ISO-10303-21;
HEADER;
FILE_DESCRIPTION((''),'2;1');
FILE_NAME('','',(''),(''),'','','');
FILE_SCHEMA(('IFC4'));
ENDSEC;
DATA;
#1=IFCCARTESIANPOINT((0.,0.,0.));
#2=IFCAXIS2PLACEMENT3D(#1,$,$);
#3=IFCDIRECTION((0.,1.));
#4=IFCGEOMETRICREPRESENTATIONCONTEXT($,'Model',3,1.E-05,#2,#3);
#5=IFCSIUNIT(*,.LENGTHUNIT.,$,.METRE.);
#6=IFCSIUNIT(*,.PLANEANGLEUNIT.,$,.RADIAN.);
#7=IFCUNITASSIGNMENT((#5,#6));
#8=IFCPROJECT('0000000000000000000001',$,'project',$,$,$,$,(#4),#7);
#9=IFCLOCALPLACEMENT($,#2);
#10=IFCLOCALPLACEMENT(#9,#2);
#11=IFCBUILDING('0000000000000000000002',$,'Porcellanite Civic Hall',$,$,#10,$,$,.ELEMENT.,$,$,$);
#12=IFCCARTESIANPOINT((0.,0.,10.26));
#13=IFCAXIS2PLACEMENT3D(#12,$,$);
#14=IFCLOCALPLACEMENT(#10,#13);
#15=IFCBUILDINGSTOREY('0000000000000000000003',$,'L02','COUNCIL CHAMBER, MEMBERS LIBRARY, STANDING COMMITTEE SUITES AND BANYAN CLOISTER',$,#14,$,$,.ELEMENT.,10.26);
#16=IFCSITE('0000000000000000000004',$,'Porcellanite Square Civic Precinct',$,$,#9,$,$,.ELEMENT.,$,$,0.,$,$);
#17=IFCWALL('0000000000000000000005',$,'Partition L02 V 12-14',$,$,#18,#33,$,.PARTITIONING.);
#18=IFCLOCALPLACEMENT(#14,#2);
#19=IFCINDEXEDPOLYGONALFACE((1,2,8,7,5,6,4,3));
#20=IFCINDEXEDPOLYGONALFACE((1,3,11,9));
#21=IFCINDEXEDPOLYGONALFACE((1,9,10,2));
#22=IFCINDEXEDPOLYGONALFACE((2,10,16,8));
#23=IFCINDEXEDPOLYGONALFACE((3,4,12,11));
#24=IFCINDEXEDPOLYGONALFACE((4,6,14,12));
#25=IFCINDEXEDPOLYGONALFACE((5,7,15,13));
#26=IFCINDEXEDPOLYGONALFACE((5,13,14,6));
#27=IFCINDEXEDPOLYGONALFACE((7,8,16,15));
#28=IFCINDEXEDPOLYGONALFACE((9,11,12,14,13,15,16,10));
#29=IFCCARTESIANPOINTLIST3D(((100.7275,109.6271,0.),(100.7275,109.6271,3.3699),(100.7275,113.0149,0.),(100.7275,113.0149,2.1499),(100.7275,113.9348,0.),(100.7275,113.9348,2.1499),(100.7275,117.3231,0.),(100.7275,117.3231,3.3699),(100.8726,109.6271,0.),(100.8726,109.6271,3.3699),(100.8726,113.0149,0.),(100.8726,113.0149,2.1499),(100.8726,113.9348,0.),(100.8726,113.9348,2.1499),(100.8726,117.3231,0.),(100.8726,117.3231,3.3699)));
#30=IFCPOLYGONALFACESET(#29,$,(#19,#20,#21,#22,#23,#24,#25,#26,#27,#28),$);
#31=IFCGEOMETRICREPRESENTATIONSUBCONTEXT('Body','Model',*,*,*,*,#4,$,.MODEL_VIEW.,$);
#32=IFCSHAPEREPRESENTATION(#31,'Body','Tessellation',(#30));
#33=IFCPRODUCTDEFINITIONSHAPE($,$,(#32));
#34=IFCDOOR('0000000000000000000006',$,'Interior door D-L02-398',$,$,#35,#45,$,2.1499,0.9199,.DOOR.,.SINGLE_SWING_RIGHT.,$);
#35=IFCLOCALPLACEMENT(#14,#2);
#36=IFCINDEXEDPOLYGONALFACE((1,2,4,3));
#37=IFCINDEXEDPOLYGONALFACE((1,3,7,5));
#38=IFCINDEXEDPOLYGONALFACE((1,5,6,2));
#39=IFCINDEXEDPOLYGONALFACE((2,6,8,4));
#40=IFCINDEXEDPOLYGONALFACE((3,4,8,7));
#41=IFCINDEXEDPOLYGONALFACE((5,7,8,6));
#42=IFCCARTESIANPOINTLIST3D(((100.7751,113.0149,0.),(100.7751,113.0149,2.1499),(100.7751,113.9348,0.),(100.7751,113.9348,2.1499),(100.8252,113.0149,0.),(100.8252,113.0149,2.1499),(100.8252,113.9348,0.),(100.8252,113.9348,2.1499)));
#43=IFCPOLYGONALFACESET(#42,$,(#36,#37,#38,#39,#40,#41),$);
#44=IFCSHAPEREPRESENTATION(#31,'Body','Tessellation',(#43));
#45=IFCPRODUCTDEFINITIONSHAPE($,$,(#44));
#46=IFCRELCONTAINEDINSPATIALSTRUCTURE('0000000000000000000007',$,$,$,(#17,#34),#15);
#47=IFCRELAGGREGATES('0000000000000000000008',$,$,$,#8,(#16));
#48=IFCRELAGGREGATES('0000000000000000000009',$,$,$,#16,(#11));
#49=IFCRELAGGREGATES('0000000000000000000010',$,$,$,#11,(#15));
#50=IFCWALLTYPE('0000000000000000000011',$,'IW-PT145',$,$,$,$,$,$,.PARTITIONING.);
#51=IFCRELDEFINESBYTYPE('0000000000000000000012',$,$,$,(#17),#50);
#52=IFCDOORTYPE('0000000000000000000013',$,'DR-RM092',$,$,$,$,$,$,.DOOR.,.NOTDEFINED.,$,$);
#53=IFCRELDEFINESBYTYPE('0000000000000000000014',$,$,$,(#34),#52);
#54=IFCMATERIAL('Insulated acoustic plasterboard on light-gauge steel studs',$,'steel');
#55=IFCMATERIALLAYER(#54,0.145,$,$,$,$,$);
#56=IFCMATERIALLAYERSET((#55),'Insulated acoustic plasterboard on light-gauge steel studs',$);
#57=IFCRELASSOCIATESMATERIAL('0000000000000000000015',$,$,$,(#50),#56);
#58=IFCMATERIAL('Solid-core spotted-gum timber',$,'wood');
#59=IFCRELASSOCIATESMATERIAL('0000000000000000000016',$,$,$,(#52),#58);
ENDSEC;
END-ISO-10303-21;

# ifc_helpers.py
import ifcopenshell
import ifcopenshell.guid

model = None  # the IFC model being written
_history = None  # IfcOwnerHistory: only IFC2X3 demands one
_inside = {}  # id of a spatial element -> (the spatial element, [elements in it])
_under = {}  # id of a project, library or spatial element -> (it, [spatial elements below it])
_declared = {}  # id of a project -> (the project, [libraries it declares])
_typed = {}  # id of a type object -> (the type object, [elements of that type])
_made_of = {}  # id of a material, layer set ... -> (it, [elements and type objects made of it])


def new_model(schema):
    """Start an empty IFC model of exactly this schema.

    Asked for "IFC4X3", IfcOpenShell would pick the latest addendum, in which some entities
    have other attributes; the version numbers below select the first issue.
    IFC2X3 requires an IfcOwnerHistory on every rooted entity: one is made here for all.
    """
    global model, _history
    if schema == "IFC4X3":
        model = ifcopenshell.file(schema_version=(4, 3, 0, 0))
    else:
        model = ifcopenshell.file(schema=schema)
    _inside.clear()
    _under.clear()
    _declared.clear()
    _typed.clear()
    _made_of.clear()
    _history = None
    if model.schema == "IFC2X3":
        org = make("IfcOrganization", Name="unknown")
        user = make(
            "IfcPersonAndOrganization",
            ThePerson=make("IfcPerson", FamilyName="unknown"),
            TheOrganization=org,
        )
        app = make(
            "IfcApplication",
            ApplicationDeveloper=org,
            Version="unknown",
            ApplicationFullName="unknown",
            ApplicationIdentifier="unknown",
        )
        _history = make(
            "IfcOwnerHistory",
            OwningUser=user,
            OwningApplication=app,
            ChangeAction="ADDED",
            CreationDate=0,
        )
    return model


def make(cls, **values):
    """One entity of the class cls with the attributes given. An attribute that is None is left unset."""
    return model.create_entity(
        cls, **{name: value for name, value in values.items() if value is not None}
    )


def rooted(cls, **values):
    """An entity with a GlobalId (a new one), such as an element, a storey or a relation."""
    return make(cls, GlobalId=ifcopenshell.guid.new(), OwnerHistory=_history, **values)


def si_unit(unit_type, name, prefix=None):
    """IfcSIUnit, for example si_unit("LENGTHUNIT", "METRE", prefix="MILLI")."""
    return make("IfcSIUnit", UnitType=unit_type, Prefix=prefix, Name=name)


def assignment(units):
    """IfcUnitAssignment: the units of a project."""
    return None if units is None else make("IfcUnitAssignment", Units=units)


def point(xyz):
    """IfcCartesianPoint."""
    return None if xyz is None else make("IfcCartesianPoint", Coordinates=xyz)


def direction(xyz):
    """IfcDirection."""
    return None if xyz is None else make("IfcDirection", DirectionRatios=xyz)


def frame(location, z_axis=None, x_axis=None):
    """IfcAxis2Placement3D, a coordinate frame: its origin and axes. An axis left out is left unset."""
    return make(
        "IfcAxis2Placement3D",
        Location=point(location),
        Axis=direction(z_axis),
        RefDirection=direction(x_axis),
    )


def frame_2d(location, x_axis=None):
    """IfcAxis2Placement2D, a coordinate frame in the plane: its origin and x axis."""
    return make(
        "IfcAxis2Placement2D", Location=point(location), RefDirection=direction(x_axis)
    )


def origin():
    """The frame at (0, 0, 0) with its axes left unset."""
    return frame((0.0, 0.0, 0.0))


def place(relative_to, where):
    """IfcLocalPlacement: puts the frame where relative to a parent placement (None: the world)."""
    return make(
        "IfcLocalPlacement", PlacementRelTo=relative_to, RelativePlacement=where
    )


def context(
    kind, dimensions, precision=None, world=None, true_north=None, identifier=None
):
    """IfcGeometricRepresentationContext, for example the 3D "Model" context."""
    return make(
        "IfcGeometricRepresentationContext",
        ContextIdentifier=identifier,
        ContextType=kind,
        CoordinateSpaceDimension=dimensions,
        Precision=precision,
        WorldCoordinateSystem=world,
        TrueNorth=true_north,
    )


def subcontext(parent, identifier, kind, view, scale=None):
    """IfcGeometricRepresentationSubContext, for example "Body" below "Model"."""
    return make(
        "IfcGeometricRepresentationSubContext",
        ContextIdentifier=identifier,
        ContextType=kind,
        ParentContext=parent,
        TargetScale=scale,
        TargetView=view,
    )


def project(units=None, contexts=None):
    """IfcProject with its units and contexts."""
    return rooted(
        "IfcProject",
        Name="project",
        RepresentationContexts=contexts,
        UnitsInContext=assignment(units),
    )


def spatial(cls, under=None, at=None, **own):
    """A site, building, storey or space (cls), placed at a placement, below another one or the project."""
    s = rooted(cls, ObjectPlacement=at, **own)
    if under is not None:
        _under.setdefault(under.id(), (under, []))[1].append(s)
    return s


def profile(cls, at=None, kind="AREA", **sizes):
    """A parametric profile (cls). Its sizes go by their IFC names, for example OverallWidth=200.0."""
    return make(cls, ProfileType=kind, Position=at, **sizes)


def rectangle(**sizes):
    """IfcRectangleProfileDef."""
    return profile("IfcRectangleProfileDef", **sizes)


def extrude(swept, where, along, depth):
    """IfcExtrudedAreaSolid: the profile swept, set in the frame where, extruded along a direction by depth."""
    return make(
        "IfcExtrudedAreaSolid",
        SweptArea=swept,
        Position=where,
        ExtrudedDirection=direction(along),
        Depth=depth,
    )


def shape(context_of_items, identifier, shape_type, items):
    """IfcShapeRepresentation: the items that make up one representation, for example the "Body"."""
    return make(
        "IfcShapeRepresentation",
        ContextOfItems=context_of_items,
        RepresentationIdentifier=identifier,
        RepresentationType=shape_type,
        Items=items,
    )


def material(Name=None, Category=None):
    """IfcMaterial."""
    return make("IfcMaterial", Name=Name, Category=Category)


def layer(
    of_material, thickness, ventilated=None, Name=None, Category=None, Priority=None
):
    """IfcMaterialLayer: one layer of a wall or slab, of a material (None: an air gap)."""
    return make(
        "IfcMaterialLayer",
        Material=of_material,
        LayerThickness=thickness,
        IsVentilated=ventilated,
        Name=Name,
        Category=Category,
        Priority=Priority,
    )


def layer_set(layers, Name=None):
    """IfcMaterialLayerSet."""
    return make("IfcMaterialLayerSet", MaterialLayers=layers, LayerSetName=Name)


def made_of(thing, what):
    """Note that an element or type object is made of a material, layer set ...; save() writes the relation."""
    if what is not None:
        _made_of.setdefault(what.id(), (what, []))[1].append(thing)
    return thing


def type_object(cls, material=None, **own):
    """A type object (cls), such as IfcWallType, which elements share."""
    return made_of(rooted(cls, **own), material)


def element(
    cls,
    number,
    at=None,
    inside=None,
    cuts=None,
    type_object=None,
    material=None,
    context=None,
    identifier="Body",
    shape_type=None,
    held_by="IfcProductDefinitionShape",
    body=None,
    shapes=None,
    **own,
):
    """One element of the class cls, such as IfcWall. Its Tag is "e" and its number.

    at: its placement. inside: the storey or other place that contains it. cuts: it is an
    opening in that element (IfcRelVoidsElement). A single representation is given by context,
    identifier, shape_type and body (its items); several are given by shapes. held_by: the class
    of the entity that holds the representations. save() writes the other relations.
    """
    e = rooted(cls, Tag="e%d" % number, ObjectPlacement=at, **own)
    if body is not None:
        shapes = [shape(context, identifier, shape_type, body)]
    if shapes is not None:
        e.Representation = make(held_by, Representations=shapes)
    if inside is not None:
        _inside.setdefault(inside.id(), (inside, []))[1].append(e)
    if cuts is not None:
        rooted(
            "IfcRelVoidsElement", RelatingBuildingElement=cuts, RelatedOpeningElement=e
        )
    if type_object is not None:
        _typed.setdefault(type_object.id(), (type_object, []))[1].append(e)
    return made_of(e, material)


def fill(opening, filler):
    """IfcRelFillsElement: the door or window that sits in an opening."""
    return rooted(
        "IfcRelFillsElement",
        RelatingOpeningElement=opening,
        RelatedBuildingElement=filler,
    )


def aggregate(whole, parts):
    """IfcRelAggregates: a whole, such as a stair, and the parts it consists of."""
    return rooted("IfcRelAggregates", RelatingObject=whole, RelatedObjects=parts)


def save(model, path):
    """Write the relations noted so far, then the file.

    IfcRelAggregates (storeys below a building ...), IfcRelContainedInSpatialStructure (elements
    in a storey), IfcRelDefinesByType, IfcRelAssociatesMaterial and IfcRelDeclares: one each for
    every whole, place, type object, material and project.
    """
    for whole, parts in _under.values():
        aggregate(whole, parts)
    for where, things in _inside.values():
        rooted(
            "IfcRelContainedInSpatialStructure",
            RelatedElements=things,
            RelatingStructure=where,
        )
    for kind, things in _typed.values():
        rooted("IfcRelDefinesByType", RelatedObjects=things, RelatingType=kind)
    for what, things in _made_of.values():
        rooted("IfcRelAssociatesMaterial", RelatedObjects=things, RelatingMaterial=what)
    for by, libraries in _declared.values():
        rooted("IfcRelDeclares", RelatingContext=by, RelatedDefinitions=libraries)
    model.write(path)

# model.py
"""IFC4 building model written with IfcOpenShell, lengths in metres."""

from ifc_helpers import new_model, si_unit, direction, frame, frame_2d, origin, place, context, subcontext, project, spatial, rectangle, extrude, material, layer, layer_set, type_object, element, fill, save


model = new_model("IFC4")

# Units and contexts
model_context = context("Model", 3, precision=1e-05, world=origin(), true_north=direction((0.0, 1.0)))
body_context = subcontext(model_context, "Body", "Model", "MODEL_VIEW")
ifc_project = project(units=[si_unit("LENGTHUNIT", "METRE"), si_unit("PLANEANGLEUNIT", "RADIAN")], contexts=[model_context])

# Site, building, storey
site_placement = place(None, origin())
site = spatial("IfcSite", under=ifc_project, at=site_placement, Name="Porcellanite Square Civic Precinct", CompositionType="ELEMENT", RefElevation=0.0)
building_placement = place(site_placement, origin())
building = spatial("IfcBuilding", under=site, at=building_placement, Name="Porcellanite Civic Hall", CompositionType="ELEMENT")
storey_placement = place(building_placement, frame((0.0, 0.0, 10.26)))
storey = spatial("IfcBuildingStorey", under=building, at=storey_placement, Name="L02", Description="COUNCIL CHAMBER, MEMBERS LIBRARY, STANDING COMMITTEE SUITES AND BANYAN CLOISTER", CompositionType="ELEMENT", Elevation=10.26)

# Wall, opening, door
ifc_material_1 = material(Name="Insulated acoustic plasterboard on light-gauge steel studs", Category="steel")
ifc_layer_1 = layer(ifc_material_1, 0.145)
ifc_layer_set_1 = layer_set([ifc_layer_1], Name="Insulated acoustic plasterboard on light-gauge steel studs")
wall_type = type_object("IfcWallType", Name="IW-PT145", PredefinedType="PARTITIONING", material=ifc_layer_set_1)
wall_placement = place(storey_placement, frame((100.8, 109.627, 0.0), z_axis=(0.0, 0.0, 1.0), x_axis=(0.0, 1.0, 0.0)))
wall = element("IfcWall", 1, at=wall_placement, inside=storey, type_object=wall_type, Name="Partition L02 V 12-14", PredefinedType="PARTITIONING", context=body_context, shape_type="SweptSolid", body=[
    extrude(rectangle(XDim=7.696, YDim=0.145, at=frame_2d((3.8481, 0.0))), origin(), (0.0, 0.0, 1.0), 3.3699),
])
opening_placement = place(wall_placement, frame((3.3879, 0.0, 0.0)))
opening = element("IfcOpeningElement", 2, at=opening_placement, cuts=wall, PredefinedType="OPENING", context=body_context, shape_type="SweptSolid", body=[
    extrude(rectangle(XDim=0.9199, YDim=2.1499, at=frame_2d((0.46, 1.075))), frame((0.0, 0.0725, 0.0), z_axis=(0.0, -1.0, 0.0), x_axis=(1.0, 0.0, 0.0)), (0.0, 0.0, 1.0), 0.145),
])
ifc_material_2 = material(Name="Solid-core spotted-gum timber", Category="wood")
door_type = type_object("IfcDoorType", Name="DR-RM092", OperationType="NOTDEFINED", PredefinedType="DOOR", material=ifc_material_2)
door_placement = place(opening_placement, origin())
door = element("IfcDoor", 3, at=door_placement, inside=storey, type_object=door_type, Name="Interior door D-L02-398", OperationType="SINGLE_SWING_RIGHT", OverallHeight=2.1499, OverallWidth=0.9199, PredefinedType="DOOR", context=body_context, shape_type="SweptSolid", body=[
    extrude(rectangle(XDim=0.9199, YDim=2.1499, at=frame_2d((0.46, 1.075))), frame((0.0, 0.0249, 0.0), z_axis=(0.0, -1.0, 0.0), x_axis=(1.0, 0.0, 0.0)), (0.0, 0.0, 1.0), 0.05),
])
fill(opening, door)

save(model, "model.ifc")
